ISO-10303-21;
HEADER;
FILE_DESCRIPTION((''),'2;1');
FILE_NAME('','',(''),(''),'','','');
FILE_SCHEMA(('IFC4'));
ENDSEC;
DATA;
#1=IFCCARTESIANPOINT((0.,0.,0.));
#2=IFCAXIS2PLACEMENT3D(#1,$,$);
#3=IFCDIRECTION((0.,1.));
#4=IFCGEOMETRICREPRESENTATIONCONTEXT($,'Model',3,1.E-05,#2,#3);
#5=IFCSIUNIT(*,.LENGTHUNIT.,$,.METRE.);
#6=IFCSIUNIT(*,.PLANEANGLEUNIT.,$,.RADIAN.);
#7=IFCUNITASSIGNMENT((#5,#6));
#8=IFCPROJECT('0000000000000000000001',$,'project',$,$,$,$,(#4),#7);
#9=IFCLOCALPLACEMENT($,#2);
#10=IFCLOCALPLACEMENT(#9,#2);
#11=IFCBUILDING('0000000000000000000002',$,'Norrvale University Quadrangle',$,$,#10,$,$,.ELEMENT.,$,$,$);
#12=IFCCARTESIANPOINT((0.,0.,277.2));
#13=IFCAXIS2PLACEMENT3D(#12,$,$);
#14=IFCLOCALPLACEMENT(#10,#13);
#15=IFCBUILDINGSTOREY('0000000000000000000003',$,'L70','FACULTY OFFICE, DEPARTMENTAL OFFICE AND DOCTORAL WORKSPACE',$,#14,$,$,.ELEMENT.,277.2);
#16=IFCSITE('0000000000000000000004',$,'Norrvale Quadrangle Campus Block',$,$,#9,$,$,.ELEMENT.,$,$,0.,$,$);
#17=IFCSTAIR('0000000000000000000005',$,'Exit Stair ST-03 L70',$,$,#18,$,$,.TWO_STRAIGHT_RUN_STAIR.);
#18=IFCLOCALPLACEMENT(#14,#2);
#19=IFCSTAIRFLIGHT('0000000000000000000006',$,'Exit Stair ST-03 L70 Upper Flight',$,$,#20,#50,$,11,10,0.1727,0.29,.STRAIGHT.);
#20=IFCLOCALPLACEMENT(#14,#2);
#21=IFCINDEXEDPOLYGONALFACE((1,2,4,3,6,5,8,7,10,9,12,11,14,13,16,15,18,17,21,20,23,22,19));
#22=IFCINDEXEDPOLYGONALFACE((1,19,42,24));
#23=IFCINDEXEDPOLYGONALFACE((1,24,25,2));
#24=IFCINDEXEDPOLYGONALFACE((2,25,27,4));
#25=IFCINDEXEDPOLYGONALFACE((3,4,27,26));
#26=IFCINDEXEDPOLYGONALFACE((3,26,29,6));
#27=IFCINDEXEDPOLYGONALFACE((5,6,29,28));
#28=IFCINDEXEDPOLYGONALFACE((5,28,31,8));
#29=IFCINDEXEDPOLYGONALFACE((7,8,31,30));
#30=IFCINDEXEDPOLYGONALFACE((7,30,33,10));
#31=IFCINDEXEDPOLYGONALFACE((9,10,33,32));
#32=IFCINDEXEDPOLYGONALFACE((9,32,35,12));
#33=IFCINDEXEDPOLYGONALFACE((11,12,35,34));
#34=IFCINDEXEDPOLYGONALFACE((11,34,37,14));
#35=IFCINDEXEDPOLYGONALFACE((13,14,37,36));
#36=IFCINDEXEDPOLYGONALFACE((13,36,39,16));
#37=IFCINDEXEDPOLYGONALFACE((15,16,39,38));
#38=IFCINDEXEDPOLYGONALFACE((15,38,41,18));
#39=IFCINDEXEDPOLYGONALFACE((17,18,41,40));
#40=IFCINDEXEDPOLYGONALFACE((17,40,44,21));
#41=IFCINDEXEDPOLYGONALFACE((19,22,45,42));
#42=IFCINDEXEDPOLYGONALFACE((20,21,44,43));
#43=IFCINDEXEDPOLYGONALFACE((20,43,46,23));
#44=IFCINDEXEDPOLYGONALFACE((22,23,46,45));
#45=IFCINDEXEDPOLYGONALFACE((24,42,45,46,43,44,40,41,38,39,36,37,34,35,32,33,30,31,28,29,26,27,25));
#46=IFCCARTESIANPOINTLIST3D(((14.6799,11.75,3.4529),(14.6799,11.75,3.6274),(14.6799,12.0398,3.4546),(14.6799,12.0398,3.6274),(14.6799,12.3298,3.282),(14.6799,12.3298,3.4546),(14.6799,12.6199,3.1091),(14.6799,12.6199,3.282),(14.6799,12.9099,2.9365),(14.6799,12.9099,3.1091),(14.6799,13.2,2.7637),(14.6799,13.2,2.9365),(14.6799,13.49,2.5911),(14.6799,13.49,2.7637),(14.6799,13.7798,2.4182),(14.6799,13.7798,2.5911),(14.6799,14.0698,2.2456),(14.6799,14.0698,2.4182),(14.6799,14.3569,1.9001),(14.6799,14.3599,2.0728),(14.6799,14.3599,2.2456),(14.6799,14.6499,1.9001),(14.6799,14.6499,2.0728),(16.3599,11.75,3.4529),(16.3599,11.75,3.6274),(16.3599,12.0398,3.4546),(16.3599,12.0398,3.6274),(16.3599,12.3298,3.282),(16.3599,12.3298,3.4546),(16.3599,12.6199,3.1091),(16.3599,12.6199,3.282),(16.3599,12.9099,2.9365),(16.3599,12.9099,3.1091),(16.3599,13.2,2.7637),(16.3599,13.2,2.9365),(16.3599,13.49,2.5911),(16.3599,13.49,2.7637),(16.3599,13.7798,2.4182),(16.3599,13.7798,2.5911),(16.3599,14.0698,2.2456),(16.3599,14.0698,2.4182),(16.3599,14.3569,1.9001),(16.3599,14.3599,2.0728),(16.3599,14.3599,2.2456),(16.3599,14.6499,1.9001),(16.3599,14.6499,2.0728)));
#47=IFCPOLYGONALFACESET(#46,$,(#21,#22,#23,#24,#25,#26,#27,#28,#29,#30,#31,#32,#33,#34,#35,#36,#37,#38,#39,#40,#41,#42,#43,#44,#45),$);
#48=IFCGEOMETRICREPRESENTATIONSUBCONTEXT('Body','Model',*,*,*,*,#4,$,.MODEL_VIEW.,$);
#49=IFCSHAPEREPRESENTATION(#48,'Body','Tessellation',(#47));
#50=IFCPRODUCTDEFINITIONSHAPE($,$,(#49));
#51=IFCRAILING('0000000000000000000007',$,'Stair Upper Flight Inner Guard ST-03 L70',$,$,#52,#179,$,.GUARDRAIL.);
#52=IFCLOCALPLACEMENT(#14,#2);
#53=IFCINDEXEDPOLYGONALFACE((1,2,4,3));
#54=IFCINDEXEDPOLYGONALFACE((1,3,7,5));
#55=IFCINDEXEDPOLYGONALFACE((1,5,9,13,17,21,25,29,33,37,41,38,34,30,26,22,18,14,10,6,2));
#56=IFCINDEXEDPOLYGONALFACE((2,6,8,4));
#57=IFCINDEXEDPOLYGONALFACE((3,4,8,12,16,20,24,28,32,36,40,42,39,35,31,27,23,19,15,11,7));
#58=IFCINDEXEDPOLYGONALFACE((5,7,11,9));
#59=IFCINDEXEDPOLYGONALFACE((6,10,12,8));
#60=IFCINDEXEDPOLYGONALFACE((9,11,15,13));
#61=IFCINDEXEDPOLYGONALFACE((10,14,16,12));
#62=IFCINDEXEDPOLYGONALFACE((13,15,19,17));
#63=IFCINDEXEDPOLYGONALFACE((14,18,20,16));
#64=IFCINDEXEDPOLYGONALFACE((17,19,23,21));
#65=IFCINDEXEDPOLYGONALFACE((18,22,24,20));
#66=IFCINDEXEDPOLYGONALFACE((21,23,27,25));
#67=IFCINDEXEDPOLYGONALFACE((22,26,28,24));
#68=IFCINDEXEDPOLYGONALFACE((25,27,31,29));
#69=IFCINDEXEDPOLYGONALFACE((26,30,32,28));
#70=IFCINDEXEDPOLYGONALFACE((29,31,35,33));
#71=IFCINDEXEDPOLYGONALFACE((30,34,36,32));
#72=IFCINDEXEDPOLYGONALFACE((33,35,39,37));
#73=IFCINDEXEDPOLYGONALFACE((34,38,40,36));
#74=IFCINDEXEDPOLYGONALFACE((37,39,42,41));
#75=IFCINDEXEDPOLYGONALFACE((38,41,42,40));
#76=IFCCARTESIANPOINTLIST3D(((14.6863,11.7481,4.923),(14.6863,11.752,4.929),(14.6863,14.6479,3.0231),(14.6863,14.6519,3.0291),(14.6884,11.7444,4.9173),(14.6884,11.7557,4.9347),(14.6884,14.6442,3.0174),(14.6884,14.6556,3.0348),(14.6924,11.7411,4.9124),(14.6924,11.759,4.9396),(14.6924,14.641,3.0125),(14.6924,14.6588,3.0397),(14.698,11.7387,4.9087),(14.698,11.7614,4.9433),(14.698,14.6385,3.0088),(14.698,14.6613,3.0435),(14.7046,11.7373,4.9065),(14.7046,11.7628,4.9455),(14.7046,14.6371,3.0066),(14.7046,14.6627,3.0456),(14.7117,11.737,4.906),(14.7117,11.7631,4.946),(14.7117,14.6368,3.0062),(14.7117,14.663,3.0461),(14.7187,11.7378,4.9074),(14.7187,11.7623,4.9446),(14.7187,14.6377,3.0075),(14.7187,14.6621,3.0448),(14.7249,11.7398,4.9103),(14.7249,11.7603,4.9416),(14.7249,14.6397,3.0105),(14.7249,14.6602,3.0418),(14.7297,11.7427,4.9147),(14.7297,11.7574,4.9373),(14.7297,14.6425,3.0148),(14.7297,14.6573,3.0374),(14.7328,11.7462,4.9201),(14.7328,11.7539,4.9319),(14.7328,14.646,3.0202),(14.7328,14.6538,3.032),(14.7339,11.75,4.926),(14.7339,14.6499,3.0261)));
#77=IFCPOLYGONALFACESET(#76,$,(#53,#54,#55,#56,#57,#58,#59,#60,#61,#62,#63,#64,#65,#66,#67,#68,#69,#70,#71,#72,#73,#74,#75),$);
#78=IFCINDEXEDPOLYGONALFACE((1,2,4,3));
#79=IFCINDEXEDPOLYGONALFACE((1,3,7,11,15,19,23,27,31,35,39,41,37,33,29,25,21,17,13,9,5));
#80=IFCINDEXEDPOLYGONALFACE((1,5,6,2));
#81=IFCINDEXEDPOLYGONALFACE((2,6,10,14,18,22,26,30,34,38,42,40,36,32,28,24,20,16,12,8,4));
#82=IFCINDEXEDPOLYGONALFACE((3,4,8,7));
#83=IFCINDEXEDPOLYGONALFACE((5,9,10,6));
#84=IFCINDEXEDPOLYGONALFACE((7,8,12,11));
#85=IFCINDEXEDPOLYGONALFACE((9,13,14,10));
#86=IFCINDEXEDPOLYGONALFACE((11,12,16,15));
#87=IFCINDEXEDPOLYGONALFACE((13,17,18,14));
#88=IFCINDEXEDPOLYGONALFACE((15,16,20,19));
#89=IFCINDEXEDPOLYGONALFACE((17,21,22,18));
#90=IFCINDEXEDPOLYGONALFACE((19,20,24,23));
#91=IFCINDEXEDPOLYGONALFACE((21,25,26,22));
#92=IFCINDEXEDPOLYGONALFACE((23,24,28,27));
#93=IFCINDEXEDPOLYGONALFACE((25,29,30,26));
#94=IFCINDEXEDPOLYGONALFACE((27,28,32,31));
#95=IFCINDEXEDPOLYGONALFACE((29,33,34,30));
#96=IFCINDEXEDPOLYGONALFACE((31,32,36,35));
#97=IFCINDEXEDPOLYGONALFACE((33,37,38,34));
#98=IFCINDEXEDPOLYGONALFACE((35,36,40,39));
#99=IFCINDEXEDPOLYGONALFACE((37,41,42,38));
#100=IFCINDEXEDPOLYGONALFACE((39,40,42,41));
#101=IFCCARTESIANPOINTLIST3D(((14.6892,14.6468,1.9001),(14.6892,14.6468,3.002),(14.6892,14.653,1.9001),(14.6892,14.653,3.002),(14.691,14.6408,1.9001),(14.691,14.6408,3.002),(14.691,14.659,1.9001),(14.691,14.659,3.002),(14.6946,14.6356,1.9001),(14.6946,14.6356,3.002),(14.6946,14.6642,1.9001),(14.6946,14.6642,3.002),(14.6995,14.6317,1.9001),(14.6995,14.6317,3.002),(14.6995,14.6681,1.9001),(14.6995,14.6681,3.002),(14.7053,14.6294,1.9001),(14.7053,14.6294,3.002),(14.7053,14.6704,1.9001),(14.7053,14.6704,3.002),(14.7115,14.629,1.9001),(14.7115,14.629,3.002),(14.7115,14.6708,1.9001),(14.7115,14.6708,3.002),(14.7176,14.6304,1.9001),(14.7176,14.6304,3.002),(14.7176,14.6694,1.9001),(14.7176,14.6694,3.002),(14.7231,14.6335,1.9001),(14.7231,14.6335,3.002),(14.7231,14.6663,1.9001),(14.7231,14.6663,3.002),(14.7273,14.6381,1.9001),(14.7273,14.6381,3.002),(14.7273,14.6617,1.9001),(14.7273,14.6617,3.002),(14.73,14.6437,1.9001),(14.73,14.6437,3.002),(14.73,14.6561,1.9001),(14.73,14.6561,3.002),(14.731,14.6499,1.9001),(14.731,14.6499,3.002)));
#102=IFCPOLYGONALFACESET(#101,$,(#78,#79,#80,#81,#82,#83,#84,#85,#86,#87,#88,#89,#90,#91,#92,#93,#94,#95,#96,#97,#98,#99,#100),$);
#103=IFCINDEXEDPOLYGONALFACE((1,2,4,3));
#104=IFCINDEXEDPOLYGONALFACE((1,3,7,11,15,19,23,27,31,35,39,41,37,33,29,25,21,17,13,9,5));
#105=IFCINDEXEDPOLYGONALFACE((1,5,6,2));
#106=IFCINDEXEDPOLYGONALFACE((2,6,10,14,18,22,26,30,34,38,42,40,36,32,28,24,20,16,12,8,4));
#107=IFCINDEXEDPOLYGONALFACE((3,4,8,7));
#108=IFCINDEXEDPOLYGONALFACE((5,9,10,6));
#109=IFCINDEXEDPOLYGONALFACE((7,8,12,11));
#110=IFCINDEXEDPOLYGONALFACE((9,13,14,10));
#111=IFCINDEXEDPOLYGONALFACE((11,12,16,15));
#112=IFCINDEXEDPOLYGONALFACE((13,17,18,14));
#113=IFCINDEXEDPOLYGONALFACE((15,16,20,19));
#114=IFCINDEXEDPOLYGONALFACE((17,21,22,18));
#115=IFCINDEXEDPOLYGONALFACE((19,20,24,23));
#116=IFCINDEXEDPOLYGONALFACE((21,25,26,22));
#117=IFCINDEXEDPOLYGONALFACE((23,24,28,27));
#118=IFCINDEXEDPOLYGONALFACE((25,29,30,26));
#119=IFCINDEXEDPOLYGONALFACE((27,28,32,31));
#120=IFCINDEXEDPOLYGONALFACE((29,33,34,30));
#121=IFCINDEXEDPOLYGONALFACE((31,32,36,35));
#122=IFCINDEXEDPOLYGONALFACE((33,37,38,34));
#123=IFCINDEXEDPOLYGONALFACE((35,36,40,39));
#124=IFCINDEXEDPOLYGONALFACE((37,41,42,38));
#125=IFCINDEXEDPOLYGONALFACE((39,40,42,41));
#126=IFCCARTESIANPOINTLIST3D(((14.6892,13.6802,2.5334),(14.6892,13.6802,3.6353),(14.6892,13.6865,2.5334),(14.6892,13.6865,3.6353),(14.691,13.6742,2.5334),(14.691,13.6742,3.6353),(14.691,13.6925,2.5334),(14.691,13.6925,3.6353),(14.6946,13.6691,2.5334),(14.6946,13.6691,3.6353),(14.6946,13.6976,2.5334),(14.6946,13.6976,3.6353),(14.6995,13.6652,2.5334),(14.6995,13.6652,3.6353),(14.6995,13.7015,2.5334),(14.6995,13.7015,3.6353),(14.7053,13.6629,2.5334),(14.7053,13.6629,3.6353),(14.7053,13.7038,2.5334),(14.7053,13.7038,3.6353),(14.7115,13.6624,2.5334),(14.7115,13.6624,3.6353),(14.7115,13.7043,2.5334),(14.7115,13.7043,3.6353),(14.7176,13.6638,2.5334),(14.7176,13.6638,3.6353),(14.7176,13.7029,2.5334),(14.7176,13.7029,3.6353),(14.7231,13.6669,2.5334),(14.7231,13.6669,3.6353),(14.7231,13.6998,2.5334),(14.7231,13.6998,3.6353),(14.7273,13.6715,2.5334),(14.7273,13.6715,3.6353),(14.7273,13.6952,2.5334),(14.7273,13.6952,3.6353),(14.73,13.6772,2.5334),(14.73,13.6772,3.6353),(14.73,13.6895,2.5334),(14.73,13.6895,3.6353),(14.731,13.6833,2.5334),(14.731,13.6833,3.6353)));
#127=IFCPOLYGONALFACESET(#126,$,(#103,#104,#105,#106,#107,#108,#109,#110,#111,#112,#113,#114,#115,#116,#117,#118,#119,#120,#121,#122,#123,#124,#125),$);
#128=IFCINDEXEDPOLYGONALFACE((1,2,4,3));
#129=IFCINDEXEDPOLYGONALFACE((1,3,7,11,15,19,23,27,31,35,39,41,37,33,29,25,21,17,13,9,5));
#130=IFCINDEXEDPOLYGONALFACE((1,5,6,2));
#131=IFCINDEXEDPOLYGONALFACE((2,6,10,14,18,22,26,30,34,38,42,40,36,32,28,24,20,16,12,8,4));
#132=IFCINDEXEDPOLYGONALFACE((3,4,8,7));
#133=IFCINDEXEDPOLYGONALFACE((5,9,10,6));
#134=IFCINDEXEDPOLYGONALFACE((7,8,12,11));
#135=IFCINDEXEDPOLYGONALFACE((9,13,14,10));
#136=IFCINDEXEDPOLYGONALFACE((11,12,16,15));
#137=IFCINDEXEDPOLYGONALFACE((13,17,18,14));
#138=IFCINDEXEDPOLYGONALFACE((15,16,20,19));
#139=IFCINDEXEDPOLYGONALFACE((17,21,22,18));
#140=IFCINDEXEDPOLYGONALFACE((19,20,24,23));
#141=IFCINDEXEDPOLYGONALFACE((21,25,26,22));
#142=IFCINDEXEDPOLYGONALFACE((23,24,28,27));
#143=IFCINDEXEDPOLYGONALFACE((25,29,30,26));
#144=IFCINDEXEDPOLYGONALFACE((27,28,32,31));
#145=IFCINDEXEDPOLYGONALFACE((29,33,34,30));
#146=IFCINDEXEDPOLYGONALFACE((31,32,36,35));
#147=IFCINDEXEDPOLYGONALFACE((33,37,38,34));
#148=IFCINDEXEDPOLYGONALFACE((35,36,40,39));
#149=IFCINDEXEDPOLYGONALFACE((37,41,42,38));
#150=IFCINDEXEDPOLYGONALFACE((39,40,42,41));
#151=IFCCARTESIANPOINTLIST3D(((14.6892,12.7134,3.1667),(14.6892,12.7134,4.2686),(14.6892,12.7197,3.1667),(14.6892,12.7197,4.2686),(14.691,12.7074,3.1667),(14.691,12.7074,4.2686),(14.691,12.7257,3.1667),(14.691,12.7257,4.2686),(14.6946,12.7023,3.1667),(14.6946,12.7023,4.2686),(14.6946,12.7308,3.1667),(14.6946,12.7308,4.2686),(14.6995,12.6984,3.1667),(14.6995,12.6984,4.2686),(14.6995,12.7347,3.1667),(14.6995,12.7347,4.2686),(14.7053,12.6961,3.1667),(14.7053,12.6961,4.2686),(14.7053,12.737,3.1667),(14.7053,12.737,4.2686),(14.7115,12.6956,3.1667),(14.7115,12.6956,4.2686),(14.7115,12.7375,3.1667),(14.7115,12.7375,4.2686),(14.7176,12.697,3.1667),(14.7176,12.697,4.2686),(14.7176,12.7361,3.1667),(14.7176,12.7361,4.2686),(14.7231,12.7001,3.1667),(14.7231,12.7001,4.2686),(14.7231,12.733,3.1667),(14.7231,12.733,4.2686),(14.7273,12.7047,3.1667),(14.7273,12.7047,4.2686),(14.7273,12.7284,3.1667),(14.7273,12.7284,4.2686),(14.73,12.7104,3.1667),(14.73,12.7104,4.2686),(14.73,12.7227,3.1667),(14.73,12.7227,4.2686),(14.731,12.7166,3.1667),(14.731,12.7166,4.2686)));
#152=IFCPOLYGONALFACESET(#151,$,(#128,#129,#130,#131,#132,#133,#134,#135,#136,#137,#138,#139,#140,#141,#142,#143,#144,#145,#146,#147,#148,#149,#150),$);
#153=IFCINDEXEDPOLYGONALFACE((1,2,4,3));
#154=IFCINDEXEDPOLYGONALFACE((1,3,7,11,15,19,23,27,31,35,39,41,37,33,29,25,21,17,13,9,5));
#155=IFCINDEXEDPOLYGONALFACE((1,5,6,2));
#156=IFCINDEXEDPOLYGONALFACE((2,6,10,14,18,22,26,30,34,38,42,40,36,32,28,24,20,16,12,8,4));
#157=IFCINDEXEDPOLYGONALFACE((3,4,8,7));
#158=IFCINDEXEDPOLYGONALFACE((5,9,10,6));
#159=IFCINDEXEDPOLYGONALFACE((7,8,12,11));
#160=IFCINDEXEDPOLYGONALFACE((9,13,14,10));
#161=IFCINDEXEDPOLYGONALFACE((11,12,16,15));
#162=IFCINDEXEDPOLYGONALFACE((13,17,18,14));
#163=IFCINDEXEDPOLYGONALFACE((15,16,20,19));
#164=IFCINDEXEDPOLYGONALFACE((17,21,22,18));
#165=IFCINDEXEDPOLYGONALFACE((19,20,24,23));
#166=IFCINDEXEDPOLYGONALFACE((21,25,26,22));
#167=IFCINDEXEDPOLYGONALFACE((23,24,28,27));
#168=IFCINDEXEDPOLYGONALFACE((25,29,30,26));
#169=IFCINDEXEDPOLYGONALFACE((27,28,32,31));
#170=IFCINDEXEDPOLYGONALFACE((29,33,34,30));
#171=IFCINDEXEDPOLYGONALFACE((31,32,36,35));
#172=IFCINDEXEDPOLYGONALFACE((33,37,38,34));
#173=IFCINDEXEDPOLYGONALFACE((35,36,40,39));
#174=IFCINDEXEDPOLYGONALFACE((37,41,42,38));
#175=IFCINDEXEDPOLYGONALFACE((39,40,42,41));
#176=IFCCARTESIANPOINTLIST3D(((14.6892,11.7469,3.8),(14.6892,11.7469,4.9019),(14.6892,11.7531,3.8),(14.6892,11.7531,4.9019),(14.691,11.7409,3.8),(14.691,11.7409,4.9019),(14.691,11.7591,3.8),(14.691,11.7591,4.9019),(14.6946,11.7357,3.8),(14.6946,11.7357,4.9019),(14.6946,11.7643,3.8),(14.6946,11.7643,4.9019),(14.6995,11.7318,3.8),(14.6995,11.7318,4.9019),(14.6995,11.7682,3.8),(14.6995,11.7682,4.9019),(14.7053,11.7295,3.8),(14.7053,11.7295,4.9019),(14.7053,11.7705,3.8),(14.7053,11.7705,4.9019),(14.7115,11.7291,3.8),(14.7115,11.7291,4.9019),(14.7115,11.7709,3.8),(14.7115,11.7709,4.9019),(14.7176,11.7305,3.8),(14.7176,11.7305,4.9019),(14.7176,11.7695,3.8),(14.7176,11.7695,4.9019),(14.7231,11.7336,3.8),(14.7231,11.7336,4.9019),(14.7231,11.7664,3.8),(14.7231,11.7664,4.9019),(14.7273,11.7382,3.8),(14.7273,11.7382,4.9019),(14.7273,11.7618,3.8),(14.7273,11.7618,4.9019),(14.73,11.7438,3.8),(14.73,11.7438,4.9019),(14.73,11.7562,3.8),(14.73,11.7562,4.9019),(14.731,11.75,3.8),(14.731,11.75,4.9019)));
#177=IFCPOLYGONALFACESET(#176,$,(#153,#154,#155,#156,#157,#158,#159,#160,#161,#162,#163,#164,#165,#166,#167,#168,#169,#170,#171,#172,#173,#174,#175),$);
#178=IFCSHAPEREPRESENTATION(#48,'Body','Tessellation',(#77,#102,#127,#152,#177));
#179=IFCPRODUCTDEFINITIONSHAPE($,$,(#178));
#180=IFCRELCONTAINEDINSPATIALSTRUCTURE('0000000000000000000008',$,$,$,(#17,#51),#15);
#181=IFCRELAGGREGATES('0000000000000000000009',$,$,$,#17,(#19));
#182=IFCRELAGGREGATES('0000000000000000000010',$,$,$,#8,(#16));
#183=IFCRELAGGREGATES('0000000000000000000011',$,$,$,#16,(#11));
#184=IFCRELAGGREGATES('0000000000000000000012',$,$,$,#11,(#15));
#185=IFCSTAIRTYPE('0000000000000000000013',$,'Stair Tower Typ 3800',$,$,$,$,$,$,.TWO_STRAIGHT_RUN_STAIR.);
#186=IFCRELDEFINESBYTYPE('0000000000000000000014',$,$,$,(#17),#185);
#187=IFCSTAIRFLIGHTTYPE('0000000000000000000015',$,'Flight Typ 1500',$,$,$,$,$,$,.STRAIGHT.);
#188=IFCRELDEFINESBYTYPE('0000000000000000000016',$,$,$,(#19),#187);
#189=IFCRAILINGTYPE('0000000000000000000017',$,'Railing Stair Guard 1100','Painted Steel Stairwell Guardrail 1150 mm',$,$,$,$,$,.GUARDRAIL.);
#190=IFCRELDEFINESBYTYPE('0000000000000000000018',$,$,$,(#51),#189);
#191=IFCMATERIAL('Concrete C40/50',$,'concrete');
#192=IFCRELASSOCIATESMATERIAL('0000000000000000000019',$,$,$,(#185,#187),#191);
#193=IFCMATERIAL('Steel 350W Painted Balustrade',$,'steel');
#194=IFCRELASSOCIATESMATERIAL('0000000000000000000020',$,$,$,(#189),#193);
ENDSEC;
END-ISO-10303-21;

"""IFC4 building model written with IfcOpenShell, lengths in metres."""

from ifc_helpers import new_model, si_unit, direction, frame, origin, origin_2d, place, context, subcontext, project, spatial, polyline, circle, outline, extrude, material, type_object, element, aggregate, save


model = new_model("IFC4")

# Units and contexts
model_context = context("Model", 3, precision=1e-05, world=origin(), true_north=direction((0.0, 1.0)))
body_context = subcontext(model_context, "Body", "Model", "MODEL_VIEW")
ifc_project = project(units=[si_unit("LENGTHUNIT", "METRE"), si_unit("PLANEANGLEUNIT", "RADIAN")], contexts=[model_context])

# Site, building, storey
site_placement = place(None, origin())
site = spatial("IfcSite", under=ifc_project, at=site_placement, Name="Norrvale Quadrangle Campus Block", CompositionType="ELEMENT", RefElevation=0.0)
building_placement = place(site_placement, origin())
building = spatial("IfcBuilding", under=site, at=building_placement, Name="Norrvale University Quadrangle", CompositionType="ELEMENT")
storey_placement = place(building_placement, frame((0.0, 0.0, 277.2)))
storey = spatial("IfcBuildingStorey", under=building, at=storey_placement, Name="L70", Description="FACULTY OFFICE, DEPARTMENTAL OFFICE AND DOCTORAL WORKSPACE", CompositionType="ELEMENT", Elevation=277.2)

# Stair, stair flight
ifc_material_1 = material(Name="Concrete C40/50", Category="concrete")
stair_type = type_object("IfcStairType", Name="Stair Tower Typ 3800", PredefinedType="TWO_STRAIGHT_RUN_STAIR", material=ifc_material_1)
stair_placement = place(storey_placement, origin())
stair = element("IfcStair", 1, at=stair_placement, inside=storey, type_object=stair_type, Name="Exit Stair ST-03 L70", PredefinedType="TWO_STRAIGHT_RUN_STAIR")
stair_flight_type = type_object("IfcStairFlightType", Name="Flight Typ 1500", PredefinedType="STRAIGHT", material=ifc_material_1)
stair_flight_placement = place(storey_placement, frame((15.52, 14.6499, 1.9001), z_axis=(0.0, 0.0, 1.0), x_axis=(0.0, -1.0, 0.0)))
stair_flight = element("IfcStairFlight", 2, at=stair_flight_placement, type_object=stair_flight_type, Name="Exit Stair ST-03 L70 Upper Flight", NumberOfRisers=11, NumberOfTreads=10, PredefinedType="STRAIGHT", RiserHeight=0.1727, TreadLength=0.29, context=body_context, shape_type="SweptSolid", body=[
    extrude(outline(polyline([(0.0, 0.0), (0.0, 0.1726), (0.29, 0.1726), (0.29, 0.3455), (0.5801, 0.3455), (0.5801, 0.5181), (0.8701, 0.5181), (0.8701, 0.6909), (1.1599, 0.6909), (1.1599, 0.8635), (1.45, 0.8635), (1.45, 1.0364), (1.74, 1.0364), (1.74, 1.209), (2.03, 1.209), (2.03, 1.3818), (2.3201, 1.3818), (2.3201, 1.5544), (2.6101, 1.5544), (2.6101, 1.7273), (2.8999, 1.7273), (2.8999, 1.8999), (2.8999, 1.5527), (0.293, 0.0), (0.0, 0.0)])), frame((0.0, 0.8398, 0.0), z_axis=(0.0, -1.0, 0.0), x_axis=(1.0, 0.0, 0.0)), (0.0, 0.0, 1.0), 1.6799),
])
aggregate(stair, [stair_flight])

# Railing
ifc_material_2 = material(Name="Steel 350W Painted Balustrade", Category="steel")
railing_type_1 = type_object("IfcRailingType", Name="Railing Stair Guard 1100", Description="Painted Steel Stairwell Guardrail 1150 mm", PredefinedType="GUARDRAIL", material=ifc_material_2)
railing_1_placement = place(storey_placement, frame((14.71, 14.6499, 1.9001)))
element("IfcRailing", 3, at=railing_1_placement, inside=storey, type_object=railing_type_1, Name="Stair Upper Flight Inner Guard ST-03 L70", PredefinedType="GUARDRAIL", context=body_context, shape_type="SweptSolid", body=[
    extrude(circle(Radius=0.0239, at=origin_2d()), frame((0.0, 0.0, 1.126), z_axis=(0.0, -0.836466, 0.548019), x_axis=(1.0, 0.0, 0.0)), (0.0, 0.0, 1.0), 3.4668),
    extrude(circle(Radius=0.021, at=origin_2d()), origin(), (0.0, 0.0, 1.0), 1.1018),
    extrude(circle(Radius=0.021, at=origin_2d()), frame((0.0, -0.9666, 0.6333)), (0.0, 0.0, 1.0), 1.1018),
    extrude(circle(Radius=0.021, at=origin_2d()), frame((0.0, -1.9333, 1.2666)), (0.0, 0.0, 1.0), 1.1018),
    extrude(circle(Radius=0.021, at=origin_2d()), frame((0.0, -2.8999, 1.8999)), (0.0, 0.0, 1.0), 1.1018),
])

save(model, "model.ifc")
